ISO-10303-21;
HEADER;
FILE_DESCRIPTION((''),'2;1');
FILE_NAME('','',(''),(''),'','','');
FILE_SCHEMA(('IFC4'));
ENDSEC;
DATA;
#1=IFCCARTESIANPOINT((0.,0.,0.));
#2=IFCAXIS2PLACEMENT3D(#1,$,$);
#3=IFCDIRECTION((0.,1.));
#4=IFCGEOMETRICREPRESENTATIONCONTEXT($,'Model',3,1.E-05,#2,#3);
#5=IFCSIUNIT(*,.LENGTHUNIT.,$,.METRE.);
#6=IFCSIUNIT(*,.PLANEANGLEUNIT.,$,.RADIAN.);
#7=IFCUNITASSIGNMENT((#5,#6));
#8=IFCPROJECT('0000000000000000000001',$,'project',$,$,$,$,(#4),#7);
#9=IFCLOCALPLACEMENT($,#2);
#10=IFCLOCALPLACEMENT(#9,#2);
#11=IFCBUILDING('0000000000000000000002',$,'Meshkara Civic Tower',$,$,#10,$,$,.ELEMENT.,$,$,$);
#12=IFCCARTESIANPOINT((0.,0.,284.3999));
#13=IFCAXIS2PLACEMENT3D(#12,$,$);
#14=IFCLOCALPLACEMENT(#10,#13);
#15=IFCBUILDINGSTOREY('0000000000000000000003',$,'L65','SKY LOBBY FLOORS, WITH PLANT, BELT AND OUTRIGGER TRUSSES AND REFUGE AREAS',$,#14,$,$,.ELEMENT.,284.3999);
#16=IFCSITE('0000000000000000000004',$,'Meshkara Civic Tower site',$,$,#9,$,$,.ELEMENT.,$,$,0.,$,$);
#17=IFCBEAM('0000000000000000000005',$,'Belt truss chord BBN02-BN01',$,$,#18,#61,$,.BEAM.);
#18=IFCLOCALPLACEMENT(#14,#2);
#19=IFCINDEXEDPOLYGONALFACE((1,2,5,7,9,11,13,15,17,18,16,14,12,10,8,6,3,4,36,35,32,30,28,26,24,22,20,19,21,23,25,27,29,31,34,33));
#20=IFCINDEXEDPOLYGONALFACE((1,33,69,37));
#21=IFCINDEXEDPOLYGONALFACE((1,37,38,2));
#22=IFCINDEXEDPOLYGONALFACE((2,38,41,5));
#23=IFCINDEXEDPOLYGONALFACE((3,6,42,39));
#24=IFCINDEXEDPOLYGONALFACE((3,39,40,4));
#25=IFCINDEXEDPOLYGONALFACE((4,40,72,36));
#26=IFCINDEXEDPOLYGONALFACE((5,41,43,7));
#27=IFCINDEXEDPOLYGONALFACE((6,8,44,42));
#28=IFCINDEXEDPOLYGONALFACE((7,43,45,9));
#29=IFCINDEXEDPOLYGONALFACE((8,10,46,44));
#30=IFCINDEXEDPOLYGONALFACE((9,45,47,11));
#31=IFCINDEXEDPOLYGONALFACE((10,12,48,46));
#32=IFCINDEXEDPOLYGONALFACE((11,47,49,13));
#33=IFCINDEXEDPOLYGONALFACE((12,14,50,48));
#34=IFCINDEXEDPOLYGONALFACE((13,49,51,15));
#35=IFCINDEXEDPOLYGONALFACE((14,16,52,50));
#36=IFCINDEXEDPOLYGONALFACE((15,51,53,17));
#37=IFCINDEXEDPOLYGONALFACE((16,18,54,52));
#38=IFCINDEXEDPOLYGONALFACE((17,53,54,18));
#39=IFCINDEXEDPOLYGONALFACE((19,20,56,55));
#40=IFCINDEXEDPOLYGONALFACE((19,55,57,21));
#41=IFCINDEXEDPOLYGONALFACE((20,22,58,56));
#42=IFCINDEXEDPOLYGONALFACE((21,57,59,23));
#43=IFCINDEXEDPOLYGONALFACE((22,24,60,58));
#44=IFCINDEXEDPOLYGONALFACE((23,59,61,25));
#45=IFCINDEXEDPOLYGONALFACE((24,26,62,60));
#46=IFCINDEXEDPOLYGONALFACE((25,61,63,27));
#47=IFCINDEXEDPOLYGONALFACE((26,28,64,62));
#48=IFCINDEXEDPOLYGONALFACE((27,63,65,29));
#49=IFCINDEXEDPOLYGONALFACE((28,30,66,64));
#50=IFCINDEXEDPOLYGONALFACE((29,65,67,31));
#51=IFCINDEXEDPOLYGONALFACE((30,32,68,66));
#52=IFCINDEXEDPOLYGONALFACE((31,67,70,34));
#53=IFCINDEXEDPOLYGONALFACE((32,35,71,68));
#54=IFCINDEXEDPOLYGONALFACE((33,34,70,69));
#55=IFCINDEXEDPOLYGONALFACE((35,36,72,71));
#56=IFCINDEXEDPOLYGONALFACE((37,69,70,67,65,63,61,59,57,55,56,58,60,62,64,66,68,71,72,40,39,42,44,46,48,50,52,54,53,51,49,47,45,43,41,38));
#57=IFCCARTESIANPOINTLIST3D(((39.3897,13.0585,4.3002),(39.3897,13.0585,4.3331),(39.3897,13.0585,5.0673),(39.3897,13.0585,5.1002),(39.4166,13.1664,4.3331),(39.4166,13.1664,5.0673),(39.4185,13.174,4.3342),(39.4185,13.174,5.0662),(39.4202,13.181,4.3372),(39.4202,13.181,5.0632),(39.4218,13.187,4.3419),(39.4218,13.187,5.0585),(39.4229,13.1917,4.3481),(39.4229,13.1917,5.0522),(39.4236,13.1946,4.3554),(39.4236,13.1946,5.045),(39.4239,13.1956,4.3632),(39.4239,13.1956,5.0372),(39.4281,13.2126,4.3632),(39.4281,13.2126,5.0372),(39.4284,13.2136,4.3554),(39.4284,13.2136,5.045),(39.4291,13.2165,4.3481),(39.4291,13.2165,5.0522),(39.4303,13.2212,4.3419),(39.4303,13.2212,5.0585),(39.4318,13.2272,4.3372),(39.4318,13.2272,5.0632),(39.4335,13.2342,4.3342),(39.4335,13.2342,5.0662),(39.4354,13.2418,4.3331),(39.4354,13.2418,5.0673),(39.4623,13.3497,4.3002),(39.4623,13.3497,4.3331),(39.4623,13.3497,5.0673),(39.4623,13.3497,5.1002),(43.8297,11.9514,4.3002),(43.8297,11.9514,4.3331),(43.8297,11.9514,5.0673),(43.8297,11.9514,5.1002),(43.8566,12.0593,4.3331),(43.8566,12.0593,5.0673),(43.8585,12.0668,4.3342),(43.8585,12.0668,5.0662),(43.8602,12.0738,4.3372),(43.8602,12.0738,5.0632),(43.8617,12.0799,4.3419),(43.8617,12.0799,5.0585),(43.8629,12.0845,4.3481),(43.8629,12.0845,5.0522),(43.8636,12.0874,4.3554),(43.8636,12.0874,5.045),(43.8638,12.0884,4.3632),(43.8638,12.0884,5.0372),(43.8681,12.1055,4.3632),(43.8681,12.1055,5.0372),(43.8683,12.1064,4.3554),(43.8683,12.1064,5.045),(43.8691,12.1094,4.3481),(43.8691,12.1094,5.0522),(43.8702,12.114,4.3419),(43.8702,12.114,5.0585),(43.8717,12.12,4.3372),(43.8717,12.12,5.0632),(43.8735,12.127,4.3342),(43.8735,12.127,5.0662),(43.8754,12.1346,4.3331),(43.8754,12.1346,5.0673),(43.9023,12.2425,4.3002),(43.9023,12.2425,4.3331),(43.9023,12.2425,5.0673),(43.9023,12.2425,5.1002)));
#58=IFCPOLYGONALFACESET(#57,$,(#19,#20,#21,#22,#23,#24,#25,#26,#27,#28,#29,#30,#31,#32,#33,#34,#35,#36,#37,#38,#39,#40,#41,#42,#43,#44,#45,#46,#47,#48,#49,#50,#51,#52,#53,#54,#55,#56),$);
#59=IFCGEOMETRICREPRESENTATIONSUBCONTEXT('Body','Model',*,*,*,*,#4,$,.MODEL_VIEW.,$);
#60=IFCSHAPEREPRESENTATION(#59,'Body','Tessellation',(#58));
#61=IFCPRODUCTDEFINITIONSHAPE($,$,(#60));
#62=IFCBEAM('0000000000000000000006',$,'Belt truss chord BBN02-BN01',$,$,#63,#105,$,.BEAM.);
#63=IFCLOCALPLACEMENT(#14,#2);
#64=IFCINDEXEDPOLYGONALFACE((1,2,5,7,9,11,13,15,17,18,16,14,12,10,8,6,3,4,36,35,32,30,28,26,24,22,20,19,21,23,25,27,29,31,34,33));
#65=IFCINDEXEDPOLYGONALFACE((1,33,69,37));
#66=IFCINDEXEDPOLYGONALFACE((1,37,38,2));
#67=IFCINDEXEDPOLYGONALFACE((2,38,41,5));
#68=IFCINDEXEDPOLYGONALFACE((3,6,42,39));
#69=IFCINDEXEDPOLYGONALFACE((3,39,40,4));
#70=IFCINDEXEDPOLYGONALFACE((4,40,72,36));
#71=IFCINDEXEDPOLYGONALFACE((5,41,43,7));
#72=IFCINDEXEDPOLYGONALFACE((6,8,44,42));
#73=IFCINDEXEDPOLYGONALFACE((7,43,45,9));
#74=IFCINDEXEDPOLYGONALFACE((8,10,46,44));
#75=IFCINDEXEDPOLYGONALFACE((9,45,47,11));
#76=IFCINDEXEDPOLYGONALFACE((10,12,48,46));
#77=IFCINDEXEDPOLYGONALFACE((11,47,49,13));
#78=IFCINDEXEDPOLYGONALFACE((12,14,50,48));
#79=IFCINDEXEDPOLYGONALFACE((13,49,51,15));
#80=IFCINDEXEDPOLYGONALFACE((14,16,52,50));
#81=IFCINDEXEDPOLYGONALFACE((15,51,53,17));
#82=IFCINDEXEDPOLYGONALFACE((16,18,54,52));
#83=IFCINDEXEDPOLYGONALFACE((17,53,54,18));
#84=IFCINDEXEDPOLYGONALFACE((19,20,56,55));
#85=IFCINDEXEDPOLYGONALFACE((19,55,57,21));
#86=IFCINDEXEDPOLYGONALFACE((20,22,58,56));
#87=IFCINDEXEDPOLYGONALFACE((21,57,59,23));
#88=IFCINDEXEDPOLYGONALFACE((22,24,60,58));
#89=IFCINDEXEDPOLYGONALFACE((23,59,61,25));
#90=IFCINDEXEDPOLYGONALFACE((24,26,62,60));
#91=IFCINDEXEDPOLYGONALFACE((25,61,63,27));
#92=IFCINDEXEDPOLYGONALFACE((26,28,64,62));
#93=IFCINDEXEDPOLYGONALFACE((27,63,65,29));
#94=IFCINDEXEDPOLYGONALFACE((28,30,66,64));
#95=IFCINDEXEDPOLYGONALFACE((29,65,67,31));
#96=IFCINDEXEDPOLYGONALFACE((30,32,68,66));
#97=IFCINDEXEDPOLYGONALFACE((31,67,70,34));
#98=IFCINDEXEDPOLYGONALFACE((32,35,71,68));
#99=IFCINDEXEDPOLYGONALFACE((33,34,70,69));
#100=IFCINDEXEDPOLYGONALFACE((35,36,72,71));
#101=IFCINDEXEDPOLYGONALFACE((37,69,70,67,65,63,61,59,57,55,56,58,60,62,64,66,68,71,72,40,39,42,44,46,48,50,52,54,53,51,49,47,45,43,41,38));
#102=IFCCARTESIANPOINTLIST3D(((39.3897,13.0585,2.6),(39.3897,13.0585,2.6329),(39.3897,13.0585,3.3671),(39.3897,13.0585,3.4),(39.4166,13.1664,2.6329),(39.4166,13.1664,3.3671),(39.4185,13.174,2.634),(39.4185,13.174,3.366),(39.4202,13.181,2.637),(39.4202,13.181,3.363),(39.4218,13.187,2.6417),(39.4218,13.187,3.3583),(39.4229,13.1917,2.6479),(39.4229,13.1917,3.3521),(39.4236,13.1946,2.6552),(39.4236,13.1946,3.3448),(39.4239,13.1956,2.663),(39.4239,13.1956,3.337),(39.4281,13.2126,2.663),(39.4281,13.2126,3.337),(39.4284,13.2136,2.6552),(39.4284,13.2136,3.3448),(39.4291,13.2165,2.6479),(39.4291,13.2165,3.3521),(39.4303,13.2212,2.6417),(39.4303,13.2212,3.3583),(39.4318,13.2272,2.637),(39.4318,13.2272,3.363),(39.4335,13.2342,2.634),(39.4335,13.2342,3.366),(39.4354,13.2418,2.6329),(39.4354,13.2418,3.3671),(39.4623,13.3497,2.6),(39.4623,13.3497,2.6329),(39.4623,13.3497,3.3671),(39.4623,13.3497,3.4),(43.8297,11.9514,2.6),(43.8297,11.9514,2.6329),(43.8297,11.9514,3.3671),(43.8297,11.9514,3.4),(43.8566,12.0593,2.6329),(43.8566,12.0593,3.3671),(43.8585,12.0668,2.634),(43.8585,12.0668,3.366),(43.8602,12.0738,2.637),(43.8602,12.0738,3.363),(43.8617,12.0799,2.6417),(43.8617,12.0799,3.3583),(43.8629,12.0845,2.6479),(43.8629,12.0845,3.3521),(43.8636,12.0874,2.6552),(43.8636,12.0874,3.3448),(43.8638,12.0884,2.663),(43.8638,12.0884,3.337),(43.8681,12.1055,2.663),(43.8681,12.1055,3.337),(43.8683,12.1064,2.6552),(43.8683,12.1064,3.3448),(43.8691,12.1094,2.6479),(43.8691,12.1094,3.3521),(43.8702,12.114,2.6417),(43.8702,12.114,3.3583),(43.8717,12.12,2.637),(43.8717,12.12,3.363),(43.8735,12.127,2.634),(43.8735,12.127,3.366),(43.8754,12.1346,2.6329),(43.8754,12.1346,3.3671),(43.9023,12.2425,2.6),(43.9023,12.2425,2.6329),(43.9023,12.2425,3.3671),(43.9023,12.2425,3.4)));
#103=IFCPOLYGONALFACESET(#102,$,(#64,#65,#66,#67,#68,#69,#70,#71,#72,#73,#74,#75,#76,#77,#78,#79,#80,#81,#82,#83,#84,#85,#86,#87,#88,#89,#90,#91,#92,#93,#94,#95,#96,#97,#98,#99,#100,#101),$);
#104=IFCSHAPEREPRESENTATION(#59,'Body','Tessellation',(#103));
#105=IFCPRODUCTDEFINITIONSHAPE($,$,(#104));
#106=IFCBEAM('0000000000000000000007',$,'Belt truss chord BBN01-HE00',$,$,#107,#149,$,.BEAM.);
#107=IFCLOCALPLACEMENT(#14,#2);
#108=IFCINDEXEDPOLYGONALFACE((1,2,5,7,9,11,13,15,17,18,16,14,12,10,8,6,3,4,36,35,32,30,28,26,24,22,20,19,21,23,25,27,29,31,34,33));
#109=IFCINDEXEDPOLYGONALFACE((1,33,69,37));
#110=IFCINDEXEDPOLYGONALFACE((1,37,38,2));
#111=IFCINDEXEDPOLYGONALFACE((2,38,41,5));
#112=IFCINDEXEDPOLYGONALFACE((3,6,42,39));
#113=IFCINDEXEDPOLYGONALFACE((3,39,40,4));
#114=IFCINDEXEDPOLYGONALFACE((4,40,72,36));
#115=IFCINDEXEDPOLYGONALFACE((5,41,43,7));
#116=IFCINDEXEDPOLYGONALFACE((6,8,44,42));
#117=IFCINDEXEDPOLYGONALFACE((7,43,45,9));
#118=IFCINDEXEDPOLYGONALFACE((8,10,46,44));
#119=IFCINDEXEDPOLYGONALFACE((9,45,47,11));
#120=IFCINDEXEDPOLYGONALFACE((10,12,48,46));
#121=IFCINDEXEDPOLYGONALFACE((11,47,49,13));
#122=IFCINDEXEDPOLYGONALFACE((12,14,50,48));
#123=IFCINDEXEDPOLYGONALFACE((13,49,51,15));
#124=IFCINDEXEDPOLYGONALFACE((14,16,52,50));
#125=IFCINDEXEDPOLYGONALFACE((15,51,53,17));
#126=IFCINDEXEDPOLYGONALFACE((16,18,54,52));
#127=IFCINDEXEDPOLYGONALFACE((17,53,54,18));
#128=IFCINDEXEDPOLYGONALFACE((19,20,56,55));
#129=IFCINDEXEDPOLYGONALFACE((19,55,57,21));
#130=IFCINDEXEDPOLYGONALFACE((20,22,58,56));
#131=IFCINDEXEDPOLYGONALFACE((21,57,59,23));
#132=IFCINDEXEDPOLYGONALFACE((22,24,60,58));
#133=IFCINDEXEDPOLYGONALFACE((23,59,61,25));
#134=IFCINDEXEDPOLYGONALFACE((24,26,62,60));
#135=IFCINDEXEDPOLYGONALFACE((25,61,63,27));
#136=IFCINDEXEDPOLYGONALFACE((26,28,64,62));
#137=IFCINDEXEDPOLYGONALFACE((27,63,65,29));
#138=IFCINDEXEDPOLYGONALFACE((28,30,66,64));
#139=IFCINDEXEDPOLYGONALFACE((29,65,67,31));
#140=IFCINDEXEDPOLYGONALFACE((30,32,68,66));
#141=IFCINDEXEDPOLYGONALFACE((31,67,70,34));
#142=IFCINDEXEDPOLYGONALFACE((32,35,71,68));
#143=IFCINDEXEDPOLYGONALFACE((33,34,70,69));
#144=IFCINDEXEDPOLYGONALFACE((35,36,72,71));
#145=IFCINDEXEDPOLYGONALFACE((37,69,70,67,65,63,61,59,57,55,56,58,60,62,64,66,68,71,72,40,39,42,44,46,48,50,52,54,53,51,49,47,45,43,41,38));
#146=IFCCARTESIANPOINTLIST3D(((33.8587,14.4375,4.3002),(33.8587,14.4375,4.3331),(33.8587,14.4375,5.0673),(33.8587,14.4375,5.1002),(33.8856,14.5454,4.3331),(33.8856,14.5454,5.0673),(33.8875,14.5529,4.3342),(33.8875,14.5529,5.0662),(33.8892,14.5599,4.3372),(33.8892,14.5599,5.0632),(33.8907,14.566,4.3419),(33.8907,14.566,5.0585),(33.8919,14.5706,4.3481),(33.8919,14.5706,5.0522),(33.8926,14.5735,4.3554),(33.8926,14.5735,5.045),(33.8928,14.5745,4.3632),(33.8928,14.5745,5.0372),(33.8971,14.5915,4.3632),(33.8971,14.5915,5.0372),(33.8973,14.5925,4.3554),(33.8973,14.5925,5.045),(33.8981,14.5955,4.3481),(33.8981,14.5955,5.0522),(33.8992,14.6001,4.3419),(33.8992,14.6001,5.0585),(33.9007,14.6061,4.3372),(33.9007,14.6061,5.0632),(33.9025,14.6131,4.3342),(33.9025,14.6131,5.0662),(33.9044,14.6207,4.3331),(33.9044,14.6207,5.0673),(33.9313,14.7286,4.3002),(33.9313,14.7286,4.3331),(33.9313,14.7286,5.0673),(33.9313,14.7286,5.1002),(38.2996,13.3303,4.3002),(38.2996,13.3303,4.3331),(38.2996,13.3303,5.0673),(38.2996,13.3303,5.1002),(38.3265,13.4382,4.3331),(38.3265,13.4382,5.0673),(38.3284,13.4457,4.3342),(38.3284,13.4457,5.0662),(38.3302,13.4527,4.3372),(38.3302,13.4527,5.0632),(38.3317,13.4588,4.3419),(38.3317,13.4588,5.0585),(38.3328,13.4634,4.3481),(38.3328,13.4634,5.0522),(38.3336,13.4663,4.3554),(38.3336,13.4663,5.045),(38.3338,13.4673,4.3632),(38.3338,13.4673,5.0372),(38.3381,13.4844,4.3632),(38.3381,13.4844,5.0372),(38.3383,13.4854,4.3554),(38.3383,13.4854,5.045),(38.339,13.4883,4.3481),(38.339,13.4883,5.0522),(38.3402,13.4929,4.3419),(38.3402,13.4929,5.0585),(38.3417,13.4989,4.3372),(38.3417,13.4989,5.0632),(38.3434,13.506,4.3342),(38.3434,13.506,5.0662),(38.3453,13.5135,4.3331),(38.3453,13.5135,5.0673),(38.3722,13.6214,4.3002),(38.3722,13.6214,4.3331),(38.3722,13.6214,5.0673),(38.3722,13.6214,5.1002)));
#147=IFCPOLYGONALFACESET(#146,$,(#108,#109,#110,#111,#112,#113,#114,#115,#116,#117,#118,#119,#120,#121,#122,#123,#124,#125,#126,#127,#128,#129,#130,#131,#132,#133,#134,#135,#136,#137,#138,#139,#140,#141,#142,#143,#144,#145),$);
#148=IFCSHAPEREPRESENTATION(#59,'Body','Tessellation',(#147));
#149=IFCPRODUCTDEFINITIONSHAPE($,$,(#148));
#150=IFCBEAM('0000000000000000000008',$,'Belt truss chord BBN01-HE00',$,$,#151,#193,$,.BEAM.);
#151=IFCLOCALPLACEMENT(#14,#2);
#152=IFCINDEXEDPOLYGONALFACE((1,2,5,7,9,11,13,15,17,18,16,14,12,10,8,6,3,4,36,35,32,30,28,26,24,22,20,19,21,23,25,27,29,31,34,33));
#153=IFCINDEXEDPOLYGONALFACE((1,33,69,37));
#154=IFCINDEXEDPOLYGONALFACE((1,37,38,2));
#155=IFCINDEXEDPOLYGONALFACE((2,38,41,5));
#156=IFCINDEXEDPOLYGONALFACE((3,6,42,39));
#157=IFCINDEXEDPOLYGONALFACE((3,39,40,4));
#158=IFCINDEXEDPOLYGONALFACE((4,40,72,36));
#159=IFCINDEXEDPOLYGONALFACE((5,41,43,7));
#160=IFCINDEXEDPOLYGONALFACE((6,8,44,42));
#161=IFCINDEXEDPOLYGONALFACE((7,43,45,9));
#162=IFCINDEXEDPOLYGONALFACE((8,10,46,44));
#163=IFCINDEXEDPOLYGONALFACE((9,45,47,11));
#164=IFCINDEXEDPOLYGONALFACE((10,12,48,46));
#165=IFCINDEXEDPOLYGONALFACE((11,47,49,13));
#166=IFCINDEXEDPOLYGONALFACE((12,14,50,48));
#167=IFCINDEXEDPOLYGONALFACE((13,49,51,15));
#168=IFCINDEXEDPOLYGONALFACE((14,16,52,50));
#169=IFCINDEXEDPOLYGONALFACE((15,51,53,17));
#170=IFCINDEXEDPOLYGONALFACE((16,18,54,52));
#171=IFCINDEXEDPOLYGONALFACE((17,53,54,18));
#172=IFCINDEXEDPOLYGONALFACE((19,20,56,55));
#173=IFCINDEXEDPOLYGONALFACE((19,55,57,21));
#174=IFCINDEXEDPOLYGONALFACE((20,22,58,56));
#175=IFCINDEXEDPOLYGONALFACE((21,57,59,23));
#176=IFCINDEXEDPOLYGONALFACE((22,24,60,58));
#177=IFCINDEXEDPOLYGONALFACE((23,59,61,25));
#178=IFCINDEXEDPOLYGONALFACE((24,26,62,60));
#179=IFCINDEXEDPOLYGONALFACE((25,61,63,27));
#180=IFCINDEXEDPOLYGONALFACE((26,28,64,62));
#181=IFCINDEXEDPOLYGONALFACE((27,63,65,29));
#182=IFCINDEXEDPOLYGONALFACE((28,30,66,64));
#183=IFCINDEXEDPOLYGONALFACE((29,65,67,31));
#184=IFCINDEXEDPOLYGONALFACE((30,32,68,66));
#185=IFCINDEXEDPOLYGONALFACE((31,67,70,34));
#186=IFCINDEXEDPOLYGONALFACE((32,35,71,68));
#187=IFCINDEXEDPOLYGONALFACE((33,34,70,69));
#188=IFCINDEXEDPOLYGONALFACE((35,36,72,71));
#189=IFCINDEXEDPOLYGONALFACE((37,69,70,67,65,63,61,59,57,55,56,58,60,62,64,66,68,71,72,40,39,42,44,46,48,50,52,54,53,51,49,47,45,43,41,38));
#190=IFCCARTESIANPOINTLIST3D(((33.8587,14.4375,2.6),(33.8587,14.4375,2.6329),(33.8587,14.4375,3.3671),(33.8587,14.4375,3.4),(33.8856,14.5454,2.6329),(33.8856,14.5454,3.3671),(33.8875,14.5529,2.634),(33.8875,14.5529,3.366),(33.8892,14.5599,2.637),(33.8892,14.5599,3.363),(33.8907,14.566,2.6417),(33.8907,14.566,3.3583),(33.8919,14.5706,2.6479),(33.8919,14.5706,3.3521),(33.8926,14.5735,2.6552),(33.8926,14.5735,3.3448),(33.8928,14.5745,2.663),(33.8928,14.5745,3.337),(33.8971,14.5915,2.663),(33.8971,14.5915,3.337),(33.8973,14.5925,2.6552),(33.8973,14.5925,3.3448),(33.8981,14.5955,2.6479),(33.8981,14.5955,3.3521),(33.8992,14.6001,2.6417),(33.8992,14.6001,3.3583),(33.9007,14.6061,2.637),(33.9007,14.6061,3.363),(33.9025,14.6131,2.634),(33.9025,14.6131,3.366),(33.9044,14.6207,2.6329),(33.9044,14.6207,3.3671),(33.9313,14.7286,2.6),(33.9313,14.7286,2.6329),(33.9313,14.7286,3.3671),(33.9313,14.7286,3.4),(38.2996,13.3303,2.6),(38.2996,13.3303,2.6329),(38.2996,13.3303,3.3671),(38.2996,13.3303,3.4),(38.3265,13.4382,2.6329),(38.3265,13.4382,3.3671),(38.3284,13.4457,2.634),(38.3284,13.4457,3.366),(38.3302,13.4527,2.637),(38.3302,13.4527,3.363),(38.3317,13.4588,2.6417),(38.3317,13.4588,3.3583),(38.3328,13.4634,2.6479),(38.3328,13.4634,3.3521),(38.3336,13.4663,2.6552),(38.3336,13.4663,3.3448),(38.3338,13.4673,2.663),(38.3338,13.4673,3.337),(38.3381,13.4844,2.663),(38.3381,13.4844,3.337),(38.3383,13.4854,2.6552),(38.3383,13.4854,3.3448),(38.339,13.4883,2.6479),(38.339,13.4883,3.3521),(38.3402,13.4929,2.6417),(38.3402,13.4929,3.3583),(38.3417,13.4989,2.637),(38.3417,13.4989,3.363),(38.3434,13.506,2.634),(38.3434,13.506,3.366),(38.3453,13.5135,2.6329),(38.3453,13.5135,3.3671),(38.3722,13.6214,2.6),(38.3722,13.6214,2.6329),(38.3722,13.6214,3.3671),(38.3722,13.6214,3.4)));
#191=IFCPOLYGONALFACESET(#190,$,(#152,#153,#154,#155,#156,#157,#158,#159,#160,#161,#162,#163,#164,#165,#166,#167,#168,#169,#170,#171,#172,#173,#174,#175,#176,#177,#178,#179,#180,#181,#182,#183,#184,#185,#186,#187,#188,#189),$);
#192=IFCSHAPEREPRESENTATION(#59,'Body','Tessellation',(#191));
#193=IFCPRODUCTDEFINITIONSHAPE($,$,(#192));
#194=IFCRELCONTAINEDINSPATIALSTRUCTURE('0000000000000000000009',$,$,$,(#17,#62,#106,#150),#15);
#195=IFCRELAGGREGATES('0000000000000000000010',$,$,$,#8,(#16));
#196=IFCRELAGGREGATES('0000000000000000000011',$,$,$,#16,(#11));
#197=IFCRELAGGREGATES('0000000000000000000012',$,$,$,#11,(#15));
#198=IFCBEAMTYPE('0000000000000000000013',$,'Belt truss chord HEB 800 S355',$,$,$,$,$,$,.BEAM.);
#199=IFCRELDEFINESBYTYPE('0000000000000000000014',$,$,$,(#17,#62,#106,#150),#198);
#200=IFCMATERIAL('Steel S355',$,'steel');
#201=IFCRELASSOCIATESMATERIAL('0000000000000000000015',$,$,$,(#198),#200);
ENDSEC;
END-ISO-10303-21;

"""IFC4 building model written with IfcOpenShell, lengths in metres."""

from ifc_helpers import new_model, si_unit, direction, frame, origin, origin_2d, place, context, subcontext, project, spatial, i_section, extrude, material, material_profile, profile_set, type_object, element, save


model = new_model("IFC4")

# Units and contexts
model_context = context("Model", 3, precision=1e-05, world=origin(), true_north=direction((0.0, 1.0)))
body_context = subcontext(model_context, "Body", "Model", "MODEL_VIEW")
ifc_project = project(units=[si_unit("LENGTHUNIT", "METRE"), si_unit("PLANEANGLEUNIT", "RADIAN")], contexts=[model_context])

# Site, building, storey
site_placement = place(None, origin())
site = spatial("IfcSite", under=ifc_project, at=site_placement, Name="Meshkara Civic Tower site", CompositionType="ELEMENT", RefElevation=0.0)
building_placement = place(site_placement, origin())
building = spatial("IfcBuilding", under=site, at=building_placement, Name="Meshkara Civic Tower", CompositionType="ELEMENT")
storey_placement = place(building_placement, frame((0.0, 0.0, 284.3999)))
storey = spatial("IfcBuildingStorey", under=building, at=storey_placement, Name="L65", Description="SKY LOBBY FLOORS, WITH PLANT, BELT AND OUTRIGGER TRUSSES AND REFUGE AREAS", CompositionType="ELEMENT", Elevation=284.3999)

# Beams
ifc_material_1 = material(Name="Steel S355", Category="steel")
ifc_material_profile_1 = material_profile(ifc_material_1, i_section(OverallWidth=0.3, OverallDepth=0.8, WebThickness=0.0176, FlangeThickness=0.033, FilletRadius=0.03, at=origin_2d()))
ifc_profile_set_1 = profile_set([ifc_material_profile_1], Name="Steel S355")
beam_type = type_object("IfcBeamType", Name="Belt truss chord HEB 800 S355", PredefinedType="BEAM", material=ifc_profile_set_1)
for number, where, z_axis, x_axis, name in (
    (1, (43.866, 12.0969, 4.7002), (-0.970287, 0.241958, 0.0), (-0.241958, -0.970287, 0.0), "Belt truss chord BBN02-BN01"),
    (2, (43.866, 12.0969, 3.0), (-0.970287, 0.241958, 0.0), (-0.241958, -0.970287, 0.0), "Belt truss chord BBN02-BN01"),
):
    element("IfcBeam", number, at=place(storey_placement, frame(where, z_axis=z_axis, x_axis=x_axis)), inside=storey, type_object=beam_type, Name=name, PredefinedType="BEAM", context=body_context, shape_type="SweptSolid", body=[
        extrude(i_section(OverallWidth=0.3, OverallDepth=0.8, WebThickness=0.0176, FlangeThickness=0.033, FilletRadius=0.03, at=origin_2d()), origin(), (0.0, 0.0, 1.0), 4.5759),
    ])
for number, where, z_axis, x_axis, name in (
    (3, (38.3359, 13.4758, 4.7002), (-0.970299, 0.241908, 0.0), (-0.241908, -0.970299, 0.0), "Belt truss chord BBN01-HE00"),
    (4, (38.3359, 13.4758, 3.0), (-0.970299, 0.241908, 0.0), (-0.241908, -0.970299, 0.0), "Belt truss chord BBN01-HE00"),
):
    element("IfcBeam", number, at=place(storey_placement, frame(where, z_axis=z_axis, x_axis=x_axis)), inside=storey, type_object=beam_type, Name=name, PredefinedType="BEAM", context=body_context, shape_type="SweptSolid", body=[
        extrude(i_section(OverallWidth=0.3, OverallDepth=0.8, WebThickness=0.0176, FlangeThickness=0.033, FilletRadius=0.03, at=origin_2d()), origin(), (0.0, 0.0, 1.0), 4.5769),
    ])

save(model, "model.ifc")
